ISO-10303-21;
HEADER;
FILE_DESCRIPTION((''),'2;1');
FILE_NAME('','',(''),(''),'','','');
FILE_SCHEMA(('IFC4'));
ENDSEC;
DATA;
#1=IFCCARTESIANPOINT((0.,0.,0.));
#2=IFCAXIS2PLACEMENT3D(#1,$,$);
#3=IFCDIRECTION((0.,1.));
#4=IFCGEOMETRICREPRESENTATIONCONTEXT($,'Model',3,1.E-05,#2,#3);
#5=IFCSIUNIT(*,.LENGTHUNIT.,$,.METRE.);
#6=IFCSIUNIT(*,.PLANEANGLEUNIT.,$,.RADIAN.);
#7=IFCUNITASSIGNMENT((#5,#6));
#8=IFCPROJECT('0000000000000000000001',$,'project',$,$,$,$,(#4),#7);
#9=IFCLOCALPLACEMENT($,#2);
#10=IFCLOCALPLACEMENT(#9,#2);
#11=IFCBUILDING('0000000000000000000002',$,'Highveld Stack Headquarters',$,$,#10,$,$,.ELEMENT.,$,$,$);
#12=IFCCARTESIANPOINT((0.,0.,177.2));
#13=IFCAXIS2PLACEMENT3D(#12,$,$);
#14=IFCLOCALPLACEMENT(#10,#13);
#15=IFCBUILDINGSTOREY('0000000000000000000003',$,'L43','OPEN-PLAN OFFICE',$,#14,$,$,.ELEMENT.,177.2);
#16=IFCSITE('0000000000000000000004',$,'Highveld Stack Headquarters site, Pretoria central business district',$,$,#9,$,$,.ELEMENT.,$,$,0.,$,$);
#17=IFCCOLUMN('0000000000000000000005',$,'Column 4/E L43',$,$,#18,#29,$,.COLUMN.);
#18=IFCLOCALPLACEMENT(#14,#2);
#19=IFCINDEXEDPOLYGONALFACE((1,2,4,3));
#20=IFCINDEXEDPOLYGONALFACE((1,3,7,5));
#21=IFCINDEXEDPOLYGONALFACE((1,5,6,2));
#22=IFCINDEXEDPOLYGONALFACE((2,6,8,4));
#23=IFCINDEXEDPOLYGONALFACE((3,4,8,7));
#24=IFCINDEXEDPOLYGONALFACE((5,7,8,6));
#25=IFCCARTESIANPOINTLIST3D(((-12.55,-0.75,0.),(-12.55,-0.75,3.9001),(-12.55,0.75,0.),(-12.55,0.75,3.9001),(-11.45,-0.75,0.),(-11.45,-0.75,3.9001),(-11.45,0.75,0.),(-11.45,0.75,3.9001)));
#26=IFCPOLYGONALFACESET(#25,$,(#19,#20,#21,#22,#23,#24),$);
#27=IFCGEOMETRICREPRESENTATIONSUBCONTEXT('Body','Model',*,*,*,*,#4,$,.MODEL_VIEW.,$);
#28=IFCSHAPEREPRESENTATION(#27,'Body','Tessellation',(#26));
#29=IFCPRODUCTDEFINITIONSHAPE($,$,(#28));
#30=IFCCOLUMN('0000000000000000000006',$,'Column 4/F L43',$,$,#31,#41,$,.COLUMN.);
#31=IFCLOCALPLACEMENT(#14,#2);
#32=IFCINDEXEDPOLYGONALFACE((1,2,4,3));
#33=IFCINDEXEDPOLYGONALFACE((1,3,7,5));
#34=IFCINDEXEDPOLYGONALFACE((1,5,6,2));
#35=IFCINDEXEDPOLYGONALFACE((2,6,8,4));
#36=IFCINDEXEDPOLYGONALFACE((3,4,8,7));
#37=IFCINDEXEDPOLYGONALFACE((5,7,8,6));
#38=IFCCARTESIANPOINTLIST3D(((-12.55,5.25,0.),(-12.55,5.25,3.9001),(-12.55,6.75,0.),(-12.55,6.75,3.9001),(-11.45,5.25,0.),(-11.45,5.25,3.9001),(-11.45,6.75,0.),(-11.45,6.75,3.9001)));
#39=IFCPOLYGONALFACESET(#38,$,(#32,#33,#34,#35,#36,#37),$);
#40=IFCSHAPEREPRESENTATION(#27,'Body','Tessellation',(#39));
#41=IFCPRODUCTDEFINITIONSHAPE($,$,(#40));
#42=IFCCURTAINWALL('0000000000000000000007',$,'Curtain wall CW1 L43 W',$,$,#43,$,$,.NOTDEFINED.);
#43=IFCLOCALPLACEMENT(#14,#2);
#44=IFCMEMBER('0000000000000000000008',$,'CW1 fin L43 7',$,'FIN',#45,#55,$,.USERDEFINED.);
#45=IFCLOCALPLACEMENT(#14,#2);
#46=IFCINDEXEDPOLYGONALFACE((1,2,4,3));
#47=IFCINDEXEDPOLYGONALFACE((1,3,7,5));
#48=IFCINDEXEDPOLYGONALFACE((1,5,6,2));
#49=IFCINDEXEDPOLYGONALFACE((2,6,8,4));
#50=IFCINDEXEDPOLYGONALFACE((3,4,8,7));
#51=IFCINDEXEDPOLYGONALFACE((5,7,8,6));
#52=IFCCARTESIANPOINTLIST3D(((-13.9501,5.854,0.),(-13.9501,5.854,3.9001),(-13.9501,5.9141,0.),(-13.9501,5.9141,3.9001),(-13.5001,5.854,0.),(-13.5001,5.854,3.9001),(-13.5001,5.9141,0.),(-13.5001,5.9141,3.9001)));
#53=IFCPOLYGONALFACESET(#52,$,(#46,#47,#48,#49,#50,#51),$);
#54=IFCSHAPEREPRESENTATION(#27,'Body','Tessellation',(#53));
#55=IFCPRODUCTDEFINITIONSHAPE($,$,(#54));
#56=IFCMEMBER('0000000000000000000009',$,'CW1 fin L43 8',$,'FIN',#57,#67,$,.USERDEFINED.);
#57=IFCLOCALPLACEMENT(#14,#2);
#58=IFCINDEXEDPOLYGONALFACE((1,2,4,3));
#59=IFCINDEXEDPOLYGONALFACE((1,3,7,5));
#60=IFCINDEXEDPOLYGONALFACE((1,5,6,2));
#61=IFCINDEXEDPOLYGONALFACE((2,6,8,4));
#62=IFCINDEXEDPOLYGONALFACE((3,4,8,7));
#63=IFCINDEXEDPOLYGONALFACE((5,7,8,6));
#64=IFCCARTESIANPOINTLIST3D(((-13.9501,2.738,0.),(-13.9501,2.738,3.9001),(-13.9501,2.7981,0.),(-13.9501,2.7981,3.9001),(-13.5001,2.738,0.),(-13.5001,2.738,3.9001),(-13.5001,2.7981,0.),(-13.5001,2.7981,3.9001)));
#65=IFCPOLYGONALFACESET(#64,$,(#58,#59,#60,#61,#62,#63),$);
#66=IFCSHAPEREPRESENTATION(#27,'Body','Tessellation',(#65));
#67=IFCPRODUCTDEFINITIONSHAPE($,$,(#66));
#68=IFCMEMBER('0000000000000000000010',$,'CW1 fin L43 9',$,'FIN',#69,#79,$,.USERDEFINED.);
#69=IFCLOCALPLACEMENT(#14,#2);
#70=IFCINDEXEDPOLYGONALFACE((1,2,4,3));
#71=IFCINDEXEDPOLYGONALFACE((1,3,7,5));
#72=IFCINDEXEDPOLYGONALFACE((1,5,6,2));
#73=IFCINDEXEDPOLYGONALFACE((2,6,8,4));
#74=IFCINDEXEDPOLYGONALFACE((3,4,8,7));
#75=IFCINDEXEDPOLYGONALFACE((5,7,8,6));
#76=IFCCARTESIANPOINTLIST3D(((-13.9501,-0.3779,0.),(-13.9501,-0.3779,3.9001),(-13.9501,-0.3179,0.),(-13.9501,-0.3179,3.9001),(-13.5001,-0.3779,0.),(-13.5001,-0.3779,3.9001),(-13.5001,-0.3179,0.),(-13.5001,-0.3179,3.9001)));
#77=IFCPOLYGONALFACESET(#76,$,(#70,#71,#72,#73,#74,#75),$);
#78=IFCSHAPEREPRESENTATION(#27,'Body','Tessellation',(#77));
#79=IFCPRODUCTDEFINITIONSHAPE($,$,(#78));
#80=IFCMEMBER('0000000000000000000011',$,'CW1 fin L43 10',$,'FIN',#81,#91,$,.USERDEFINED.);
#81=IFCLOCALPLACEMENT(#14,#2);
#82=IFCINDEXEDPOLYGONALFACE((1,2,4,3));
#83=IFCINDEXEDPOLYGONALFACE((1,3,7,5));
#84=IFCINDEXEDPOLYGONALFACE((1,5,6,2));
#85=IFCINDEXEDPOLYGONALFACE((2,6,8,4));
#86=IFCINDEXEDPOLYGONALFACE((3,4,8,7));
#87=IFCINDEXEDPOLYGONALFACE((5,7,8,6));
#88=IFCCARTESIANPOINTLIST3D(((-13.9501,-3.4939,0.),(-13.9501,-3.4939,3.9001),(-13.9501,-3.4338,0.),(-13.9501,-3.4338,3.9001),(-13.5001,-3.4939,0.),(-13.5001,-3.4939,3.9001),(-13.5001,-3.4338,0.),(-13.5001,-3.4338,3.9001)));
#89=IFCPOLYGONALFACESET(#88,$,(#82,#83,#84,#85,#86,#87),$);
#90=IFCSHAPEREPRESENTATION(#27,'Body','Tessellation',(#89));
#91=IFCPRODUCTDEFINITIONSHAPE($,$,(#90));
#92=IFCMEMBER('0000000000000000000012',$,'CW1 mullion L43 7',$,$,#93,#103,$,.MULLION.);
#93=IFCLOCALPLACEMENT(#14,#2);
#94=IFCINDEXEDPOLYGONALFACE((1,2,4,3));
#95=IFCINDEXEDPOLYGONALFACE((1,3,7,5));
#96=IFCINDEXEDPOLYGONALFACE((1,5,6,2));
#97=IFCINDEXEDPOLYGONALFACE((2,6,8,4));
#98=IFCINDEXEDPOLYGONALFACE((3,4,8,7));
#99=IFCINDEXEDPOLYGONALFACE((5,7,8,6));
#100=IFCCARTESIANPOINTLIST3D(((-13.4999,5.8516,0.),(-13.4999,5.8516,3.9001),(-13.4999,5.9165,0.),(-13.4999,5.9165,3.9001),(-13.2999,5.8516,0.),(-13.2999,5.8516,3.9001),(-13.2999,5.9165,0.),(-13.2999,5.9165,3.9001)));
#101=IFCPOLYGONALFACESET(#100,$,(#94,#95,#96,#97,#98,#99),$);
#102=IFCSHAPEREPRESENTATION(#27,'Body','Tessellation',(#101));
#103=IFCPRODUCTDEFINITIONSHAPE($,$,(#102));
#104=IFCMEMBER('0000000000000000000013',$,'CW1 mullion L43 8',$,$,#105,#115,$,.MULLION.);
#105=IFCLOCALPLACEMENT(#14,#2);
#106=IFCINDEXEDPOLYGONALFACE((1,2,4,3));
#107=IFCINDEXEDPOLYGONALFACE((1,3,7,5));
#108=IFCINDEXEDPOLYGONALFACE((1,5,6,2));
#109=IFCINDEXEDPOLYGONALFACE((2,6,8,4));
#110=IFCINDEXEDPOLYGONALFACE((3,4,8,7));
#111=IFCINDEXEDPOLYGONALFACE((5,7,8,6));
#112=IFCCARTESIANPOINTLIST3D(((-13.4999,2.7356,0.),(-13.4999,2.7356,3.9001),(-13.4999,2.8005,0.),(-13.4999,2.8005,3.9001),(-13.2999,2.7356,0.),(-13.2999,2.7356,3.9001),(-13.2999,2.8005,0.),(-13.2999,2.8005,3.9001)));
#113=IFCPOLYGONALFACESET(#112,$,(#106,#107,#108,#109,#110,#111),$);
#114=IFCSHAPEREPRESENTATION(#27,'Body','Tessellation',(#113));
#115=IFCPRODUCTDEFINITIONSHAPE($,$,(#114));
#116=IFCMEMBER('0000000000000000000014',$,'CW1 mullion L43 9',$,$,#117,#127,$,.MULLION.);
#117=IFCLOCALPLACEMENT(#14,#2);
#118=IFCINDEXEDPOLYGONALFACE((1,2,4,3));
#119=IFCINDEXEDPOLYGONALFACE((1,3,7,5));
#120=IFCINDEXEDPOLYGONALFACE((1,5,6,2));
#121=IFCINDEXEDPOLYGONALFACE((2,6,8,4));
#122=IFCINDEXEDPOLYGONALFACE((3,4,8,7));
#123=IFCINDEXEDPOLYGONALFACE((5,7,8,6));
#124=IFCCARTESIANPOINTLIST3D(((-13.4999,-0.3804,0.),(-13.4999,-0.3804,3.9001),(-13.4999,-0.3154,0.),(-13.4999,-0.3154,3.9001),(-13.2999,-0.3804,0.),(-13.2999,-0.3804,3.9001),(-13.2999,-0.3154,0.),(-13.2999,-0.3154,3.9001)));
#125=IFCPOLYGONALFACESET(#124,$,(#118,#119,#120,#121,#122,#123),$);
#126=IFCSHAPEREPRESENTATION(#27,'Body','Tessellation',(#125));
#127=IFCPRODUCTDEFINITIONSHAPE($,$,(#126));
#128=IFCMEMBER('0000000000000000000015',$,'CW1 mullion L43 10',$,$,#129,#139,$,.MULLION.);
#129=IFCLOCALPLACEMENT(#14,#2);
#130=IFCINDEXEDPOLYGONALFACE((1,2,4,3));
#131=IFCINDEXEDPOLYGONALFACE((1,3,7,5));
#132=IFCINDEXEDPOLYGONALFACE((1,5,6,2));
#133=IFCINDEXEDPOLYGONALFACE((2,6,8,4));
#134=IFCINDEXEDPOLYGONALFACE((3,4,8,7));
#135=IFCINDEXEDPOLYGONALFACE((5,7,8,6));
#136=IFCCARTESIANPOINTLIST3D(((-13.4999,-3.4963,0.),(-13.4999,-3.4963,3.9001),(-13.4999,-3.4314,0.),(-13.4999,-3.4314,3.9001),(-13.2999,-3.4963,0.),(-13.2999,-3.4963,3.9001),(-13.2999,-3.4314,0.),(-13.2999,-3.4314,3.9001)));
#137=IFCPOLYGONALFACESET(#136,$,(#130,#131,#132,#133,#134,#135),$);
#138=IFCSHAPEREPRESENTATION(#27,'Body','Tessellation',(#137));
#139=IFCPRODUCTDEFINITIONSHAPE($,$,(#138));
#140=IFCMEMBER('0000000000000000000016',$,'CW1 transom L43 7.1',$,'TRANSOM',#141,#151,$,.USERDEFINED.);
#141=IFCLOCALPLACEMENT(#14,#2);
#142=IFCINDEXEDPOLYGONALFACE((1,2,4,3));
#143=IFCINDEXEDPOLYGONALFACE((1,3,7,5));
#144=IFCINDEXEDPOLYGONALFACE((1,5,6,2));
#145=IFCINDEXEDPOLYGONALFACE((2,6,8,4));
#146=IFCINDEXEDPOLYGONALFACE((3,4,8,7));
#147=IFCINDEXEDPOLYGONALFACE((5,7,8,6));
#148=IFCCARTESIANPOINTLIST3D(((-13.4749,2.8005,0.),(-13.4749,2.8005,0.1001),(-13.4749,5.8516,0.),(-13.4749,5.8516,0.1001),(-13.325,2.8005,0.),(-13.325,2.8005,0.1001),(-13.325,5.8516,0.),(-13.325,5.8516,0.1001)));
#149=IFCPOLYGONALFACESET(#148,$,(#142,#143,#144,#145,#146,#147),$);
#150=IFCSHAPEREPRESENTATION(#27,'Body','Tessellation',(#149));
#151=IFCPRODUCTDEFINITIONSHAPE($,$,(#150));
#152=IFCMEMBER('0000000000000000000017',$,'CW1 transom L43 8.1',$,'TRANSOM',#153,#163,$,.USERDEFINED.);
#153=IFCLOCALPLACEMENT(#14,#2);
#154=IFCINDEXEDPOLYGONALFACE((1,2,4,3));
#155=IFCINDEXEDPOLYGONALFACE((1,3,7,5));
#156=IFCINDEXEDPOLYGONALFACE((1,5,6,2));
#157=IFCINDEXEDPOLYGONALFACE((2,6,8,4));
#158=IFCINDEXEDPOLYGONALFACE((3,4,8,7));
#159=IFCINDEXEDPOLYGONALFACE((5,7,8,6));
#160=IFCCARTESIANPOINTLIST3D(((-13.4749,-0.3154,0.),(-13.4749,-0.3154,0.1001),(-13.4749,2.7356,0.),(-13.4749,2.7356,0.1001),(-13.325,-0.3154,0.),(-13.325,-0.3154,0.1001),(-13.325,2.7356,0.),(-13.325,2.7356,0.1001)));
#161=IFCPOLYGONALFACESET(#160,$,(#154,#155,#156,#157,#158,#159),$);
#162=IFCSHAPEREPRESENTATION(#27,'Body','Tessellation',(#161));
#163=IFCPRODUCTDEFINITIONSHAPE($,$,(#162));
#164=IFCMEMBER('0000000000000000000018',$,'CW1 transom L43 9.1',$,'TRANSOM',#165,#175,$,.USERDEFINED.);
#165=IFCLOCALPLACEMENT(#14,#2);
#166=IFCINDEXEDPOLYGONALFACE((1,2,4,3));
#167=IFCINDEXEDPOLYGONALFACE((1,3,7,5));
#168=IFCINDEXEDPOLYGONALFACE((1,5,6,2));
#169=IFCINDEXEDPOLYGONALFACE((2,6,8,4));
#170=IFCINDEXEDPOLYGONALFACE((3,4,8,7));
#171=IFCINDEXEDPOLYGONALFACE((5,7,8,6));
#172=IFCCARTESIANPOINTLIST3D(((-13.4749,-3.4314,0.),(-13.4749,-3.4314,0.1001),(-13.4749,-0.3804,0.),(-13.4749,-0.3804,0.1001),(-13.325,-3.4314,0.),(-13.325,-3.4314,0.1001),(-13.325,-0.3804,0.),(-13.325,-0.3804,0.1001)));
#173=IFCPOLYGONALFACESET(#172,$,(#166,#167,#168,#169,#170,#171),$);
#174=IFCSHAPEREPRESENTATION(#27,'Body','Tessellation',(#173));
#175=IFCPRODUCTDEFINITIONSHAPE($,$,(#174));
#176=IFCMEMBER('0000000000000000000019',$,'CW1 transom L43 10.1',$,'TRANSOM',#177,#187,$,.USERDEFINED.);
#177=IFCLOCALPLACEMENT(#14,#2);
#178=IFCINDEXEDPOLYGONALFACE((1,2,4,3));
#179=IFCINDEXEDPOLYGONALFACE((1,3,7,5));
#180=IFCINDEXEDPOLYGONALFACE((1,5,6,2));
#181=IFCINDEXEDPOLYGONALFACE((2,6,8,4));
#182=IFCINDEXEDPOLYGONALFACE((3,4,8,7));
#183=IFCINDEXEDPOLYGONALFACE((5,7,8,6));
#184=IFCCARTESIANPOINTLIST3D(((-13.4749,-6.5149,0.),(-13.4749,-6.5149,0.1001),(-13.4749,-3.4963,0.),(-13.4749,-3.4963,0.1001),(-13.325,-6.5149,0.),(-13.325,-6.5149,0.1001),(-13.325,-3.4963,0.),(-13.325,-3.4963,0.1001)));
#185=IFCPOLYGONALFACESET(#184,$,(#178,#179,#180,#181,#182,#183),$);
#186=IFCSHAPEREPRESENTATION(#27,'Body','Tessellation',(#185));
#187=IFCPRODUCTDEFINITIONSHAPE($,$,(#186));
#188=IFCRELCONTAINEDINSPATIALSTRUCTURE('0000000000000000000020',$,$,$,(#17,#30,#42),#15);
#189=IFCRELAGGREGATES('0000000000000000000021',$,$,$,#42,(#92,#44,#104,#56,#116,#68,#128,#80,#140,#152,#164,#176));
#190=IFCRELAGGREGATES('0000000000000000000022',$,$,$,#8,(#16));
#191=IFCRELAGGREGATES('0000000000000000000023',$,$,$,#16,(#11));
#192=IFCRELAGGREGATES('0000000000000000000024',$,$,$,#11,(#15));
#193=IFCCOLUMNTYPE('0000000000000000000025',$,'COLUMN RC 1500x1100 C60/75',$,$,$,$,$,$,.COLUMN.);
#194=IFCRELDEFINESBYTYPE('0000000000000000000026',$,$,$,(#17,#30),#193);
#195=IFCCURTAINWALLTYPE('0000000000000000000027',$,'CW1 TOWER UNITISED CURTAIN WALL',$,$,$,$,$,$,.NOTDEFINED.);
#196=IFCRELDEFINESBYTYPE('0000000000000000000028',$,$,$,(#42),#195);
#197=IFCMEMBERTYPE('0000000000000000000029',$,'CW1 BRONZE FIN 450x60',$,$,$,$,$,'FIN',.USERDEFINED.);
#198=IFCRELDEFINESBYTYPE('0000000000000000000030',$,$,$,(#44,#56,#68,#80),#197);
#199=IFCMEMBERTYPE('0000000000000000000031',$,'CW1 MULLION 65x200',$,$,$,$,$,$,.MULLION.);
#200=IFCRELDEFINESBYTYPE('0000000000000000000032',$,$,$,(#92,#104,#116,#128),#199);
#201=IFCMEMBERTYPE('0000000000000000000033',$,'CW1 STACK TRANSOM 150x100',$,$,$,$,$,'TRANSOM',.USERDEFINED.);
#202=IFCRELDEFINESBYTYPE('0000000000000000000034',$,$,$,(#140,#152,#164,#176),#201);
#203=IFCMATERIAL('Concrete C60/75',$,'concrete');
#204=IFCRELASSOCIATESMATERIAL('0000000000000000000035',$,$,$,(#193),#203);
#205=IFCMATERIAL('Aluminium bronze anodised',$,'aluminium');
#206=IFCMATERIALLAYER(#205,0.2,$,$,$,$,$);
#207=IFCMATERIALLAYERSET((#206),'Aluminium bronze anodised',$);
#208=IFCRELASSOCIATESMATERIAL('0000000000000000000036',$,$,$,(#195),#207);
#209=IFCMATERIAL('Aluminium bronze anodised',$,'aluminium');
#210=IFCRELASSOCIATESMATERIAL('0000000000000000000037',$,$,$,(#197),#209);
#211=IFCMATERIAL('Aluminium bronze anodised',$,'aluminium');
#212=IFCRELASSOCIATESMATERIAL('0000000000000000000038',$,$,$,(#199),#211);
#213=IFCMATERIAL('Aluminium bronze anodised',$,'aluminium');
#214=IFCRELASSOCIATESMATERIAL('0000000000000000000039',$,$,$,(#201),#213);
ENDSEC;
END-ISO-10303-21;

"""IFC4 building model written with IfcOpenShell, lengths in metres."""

from ifc_helpers import new_model, si_unit, direction, frame, origin, origin_2d, place, context, subcontext, project, spatial, rectangle, extrude, material, layer, layer_set, material_profile, profile_set, type_object, element, aggregate, save


model = new_model("IFC4")

# Units and contexts
model_context = context("Model", 3, precision=1e-05, world=origin(), true_north=direction((0.0, 1.0)))
body_context = subcontext(model_context, "Body", "Model", "MODEL_VIEW")
ifc_project = project(units=[si_unit("LENGTHUNIT", "METRE"), si_unit("PLANEANGLEUNIT", "RADIAN")], contexts=[model_context])

# Site, building, storey
site_placement = place(None, origin())
site = spatial("IfcSite", under=ifc_project, at=site_placement, Name="Highveld Stack Headquarters site, Pretoria central business district", CompositionType="ELEMENT", RefElevation=0.0)
building_placement = place(site_placement, origin())
building = spatial("IfcBuilding", under=site, at=building_placement, Name="Highveld Stack Headquarters", CompositionType="ELEMENT")
storey_placement = place(building_placement, frame((0.0, 0.0, 177.2)))
storey = spatial("IfcBuildingStorey", under=building, at=storey_placement, Name="L43", Description="OPEN-PLAN OFFICE", CompositionType="ELEMENT", Elevation=177.2)

# Columns
ifc_material_1 = material(Name="Concrete C60/75", Category="concrete")
ifc_material_profile_1 = material_profile(ifc_material_1, rectangle(XDim=1.5, YDim=1.1001, at=origin_2d()), Name="RC 1500x1100")
ifc_profile_set_1 = profile_set([ifc_material_profile_1], Name="Concrete C60/75")
column_type = type_object("IfcColumnType", Name="COLUMN RC 1500x1100 C60/75", PredefinedType="COLUMN", material=ifc_profile_set_1)
for number, where, z_axis, x_axis, name in (
    (1, (-12.0, 0.0, 0.0), (0.0, 0.0, 1.0), (0.0, 1.0, 0.0), "Column 4/E L43"),
    (2, (-12.0, 6.0, 0.0), (0.0, 0.0, 1.0), (0.0, 1.0, 0.0), "Column 4/F L43"),
):
    element("IfcColumn", number, at=place(storey_placement, frame(where, z_axis=z_axis, x_axis=x_axis)), inside=storey, type_object=column_type, Name=name, PredefinedType="COLUMN", context=body_context, shape_type="SweptSolid", body=[
        extrude(rectangle(XDim=1.5, YDim=1.1001, at=origin_2d()), origin(), (0.0, 0.0, 1.0), 3.9001),
    ])

# Curtain wall, members
ifc_material_2 = material(Name="Aluminium bronze anodised", Category="aluminium")
ifc_layer_1 = layer(ifc_material_2, 0.2)
ifc_layer_set_1 = layer_set([ifc_layer_1], Name="Aluminium bronze anodised")
curtain_wall_type = type_object("IfcCurtainWallType", Name="CW1 TOWER UNITISED CURTAIN WALL", PredefinedType="NOTDEFINED", material=ifc_layer_set_1)
curtain_wall_placement = place(storey_placement, origin())
curtain_wall = element("IfcCurtainWall", 3, at=curtain_wall_placement, inside=storey, type_object=curtain_wall_type, Name="Curtain wall CW1 L43 W", PredefinedType="NOTDEFINED")
ifc_material_3 = material(Name="Aluminium bronze anodised", Category="aluminium")
ifc_material_profile_2 = material_profile(ifc_material_3, rectangle(XDim=0.45, YDim=0.0601, at=origin_2d()), Name="FIN 450x60")
ifc_profile_set_2 = profile_set([ifc_material_profile_2], Name="Aluminium bronze anodised")
member_type_1 = type_object("IfcMemberType", Name="CW1 BRONZE FIN 450x60", ElementType="FIN", PredefinedType="USERDEFINED", material=ifc_profile_set_2)
member_1_placement = place(storey_placement, frame((-13.7251, 5.884, 0.0), z_axis=(0.0, 0.0, 1.0), x_axis=(1.0, 0.0, 0.0)))
member_1 = element("IfcMember", 4, at=member_1_placement, type_object=member_type_1, Name="CW1 fin L43 7", ObjectType="FIN", PredefinedType="USERDEFINED", context=body_context, shape_type="SweptSolid", body=[
    extrude(rectangle(XDim=0.45, YDim=0.0601, at=origin_2d()), origin(), (0.0, 0.0, 1.0), 3.9001),
])
member_2_placement = place(storey_placement, frame((-13.7251, 2.7681, 0.0), z_axis=(0.0, 0.0, 1.0), x_axis=(1.0, 0.0, 0.0)))
member_2 = element("IfcMember", 5, at=member_2_placement, type_object=member_type_1, Name="CW1 fin L43 8", ObjectType="FIN", PredefinedType="USERDEFINED", context=body_context, shape_type="SweptSolid", body=[
    extrude(rectangle(XDim=0.45, YDim=0.0601, at=origin_2d()), origin(), (0.0, 0.0, 1.0), 3.9001),
])
member_3_placement = place(storey_placement, frame((-13.7251, -0.3479, 0.0), z_axis=(0.0, 0.0, 1.0), x_axis=(1.0, 0.0, 0.0)))
member_3 = element("IfcMember", 6, at=member_3_placement, type_object=member_type_1, Name="CW1 fin L43 9", ObjectType="FIN", PredefinedType="USERDEFINED", context=body_context, shape_type="SweptSolid", body=[
    extrude(rectangle(XDim=0.45, YDim=0.0601, at=origin_2d()), origin(), (0.0, 0.0, 1.0), 3.9001),
])
member_4_placement = place(storey_placement, frame((-13.7251, -3.4639, 0.0), z_axis=(0.0, 0.0, 1.0), x_axis=(1.0, 0.0, 0.0)))
member_4 = element("IfcMember", 7, at=member_4_placement, type_object=member_type_1, Name="CW1 fin L43 10", ObjectType="FIN", PredefinedType="USERDEFINED", context=body_context, shape_type="SweptSolid", body=[
    extrude(rectangle(XDim=0.45, YDim=0.0601, at=origin_2d()), origin(), (0.0, 0.0, 1.0), 3.9001),
])
ifc_material_4 = material(Name="Aluminium bronze anodised", Category="aluminium")
ifc_material_profile_3 = material_profile(ifc_material_4, rectangle(XDim=0.2, YDim=0.0649, at=origin_2d()), Name="CW1 MULLION 65x200")
ifc_profile_set_3 = profile_set([ifc_material_profile_3], Name="Aluminium bronze anodised")
member_type_2 = type_object("IfcMemberType", Name="CW1 MULLION 65x200", PredefinedType="MULLION", material=ifc_profile_set_3)
member_5_placement = place(storey_placement, frame((-13.3999, 5.884, 0.0), z_axis=(0.0, 0.0, 1.0), x_axis=(1.0, 0.0, 0.0)))
member_5 = element("IfcMember", 8, at=member_5_placement, type_object=member_type_2, Name="CW1 mullion L43 7", PredefinedType="MULLION", context=body_context, shape_type="SweptSolid", body=[
    extrude(rectangle(XDim=0.2, YDim=0.0649, at=origin_2d()), origin(), (0.0, 0.0, 1.0), 3.9001),
])
member_6_placement = place(storey_placement, frame((-13.3999, 2.7681, 0.0), z_axis=(0.0, 0.0, 1.0), x_axis=(1.0, 0.0, 0.0)))
member_6 = element("IfcMember", 9, at=member_6_placement, type_object=member_type_2, Name="CW1 mullion L43 8", PredefinedType="MULLION", context=body_context, shape_type="SweptSolid", body=[
    extrude(rectangle(XDim=0.2, YDim=0.0649, at=origin_2d()), origin(), (0.0, 0.0, 1.0), 3.9001),
])
member_7_placement = place(storey_placement, frame((-13.3999, -0.3479, 0.0), z_axis=(0.0, 0.0, 1.0), x_axis=(1.0, 0.0, 0.0)))
member_7 = element("IfcMember", 10, at=member_7_placement, type_object=member_type_2, Name="CW1 mullion L43 9", PredefinedType="MULLION", context=body_context, shape_type="SweptSolid", body=[
    extrude(rectangle(XDim=0.2, YDim=0.0649, at=origin_2d()), origin(), (0.0, 0.0, 1.0), 3.9001),
])
member_8_placement = place(storey_placement, frame((-13.3999, -3.4639, 0.0), z_axis=(0.0, 0.0, 1.0), x_axis=(1.0, 0.0, 0.0)))
member_8 = element("IfcMember", 11, at=member_8_placement, type_object=member_type_2, Name="CW1 mullion L43 10", PredefinedType="MULLION", context=body_context, shape_type="SweptSolid", body=[
    extrude(rectangle(XDim=0.2, YDim=0.0649, at=origin_2d()), origin(), (0.0, 0.0, 1.0), 3.9001),
])
ifc_material_5 = material(Name="Aluminium bronze anodised", Category="aluminium")
ifc_material_profile_4 = material_profile(ifc_material_5, rectangle(XDim=0.1499, YDim=0.1001, at=origin_2d()), Name="CW1 TRANSOM 150x100")
ifc_profile_set_4 = profile_set([ifc_material_profile_4], Name="Aluminium bronze anodised")
member_type_3 = type_object("IfcMemberType", Name="CW1 STACK TRANSOM 150x100", ElementType="TRANSOM", PredefinedType="USERDEFINED", material=ifc_profile_set_4)
member_9_placement = place(storey_placement, frame((-13.3999, 5.8516, 0.05), z_axis=(0.0, -1.0, 0.0), x_axis=(1.0, 0.0, 0.0)))
member_9 = element("IfcMember", 12, at=member_9_placement, type_object=member_type_3, Name="CW1 transom L43 7.1", ObjectType="TRANSOM", PredefinedType="USERDEFINED", context=body_context, shape_type="SweptSolid", body=[
    extrude(rectangle(XDim=0.1499, YDim=0.1001, at=origin_2d()), origin(), (0.0, 0.0, 1.0), 3.051),
])
member_10_placement = place(storey_placement, frame((-13.3999, 2.7356, 0.05), z_axis=(0.0, -1.0, 0.0), x_axis=(1.0, 0.0, 0.0)))
member_10 = element("IfcMember", 13, at=member_10_placement, type_object=member_type_3, Name="CW1 transom L43 8.1", ObjectType="TRANSOM", PredefinedType="USERDEFINED", context=body_context, shape_type="SweptSolid", body=[
    extrude(rectangle(XDim=0.1499, YDim=0.1001, at=origin_2d()), origin(), (0.0, 0.0, 1.0), 3.051),
])
member_11_placement = place(storey_placement, frame((-13.3999, -0.3804, 0.05), z_axis=(0.0, -1.0, 0.0), x_axis=(1.0, 0.0, 0.0)))
member_11 = element("IfcMember", 14, at=member_11_placement, type_object=member_type_3, Name="CW1 transom L43 9.1", ObjectType="TRANSOM", PredefinedType="USERDEFINED", context=body_context, shape_type="SweptSolid", body=[
    extrude(rectangle(XDim=0.1499, YDim=0.1001, at=origin_2d()), origin(), (0.0, 0.0, 1.0), 3.051),
])
member_12_placement = place(storey_placement, frame((-13.3999, -3.4963, 0.05), z_axis=(0.0, -1.0, 0.0), x_axis=(1.0, 0.0, 0.0)))
member_12 = element("IfcMember", 15, at=member_12_placement, type_object=member_type_3, Name="CW1 transom L43 10.1", ObjectType="TRANSOM", PredefinedType="USERDEFINED", context=body_context, shape_type="SweptSolid", body=[
    extrude(rectangle(XDim=0.1499, YDim=0.1001, at=origin_2d()), origin(), (0.0, 0.0, 1.0), 3.0186),
])
aggregate(curtain_wall, [member_5, member_1, member_6, member_2, member_7, member_3, member_8, member_4, member_9, member_10, member_11, member_12])

save(model, "model.ifc")
